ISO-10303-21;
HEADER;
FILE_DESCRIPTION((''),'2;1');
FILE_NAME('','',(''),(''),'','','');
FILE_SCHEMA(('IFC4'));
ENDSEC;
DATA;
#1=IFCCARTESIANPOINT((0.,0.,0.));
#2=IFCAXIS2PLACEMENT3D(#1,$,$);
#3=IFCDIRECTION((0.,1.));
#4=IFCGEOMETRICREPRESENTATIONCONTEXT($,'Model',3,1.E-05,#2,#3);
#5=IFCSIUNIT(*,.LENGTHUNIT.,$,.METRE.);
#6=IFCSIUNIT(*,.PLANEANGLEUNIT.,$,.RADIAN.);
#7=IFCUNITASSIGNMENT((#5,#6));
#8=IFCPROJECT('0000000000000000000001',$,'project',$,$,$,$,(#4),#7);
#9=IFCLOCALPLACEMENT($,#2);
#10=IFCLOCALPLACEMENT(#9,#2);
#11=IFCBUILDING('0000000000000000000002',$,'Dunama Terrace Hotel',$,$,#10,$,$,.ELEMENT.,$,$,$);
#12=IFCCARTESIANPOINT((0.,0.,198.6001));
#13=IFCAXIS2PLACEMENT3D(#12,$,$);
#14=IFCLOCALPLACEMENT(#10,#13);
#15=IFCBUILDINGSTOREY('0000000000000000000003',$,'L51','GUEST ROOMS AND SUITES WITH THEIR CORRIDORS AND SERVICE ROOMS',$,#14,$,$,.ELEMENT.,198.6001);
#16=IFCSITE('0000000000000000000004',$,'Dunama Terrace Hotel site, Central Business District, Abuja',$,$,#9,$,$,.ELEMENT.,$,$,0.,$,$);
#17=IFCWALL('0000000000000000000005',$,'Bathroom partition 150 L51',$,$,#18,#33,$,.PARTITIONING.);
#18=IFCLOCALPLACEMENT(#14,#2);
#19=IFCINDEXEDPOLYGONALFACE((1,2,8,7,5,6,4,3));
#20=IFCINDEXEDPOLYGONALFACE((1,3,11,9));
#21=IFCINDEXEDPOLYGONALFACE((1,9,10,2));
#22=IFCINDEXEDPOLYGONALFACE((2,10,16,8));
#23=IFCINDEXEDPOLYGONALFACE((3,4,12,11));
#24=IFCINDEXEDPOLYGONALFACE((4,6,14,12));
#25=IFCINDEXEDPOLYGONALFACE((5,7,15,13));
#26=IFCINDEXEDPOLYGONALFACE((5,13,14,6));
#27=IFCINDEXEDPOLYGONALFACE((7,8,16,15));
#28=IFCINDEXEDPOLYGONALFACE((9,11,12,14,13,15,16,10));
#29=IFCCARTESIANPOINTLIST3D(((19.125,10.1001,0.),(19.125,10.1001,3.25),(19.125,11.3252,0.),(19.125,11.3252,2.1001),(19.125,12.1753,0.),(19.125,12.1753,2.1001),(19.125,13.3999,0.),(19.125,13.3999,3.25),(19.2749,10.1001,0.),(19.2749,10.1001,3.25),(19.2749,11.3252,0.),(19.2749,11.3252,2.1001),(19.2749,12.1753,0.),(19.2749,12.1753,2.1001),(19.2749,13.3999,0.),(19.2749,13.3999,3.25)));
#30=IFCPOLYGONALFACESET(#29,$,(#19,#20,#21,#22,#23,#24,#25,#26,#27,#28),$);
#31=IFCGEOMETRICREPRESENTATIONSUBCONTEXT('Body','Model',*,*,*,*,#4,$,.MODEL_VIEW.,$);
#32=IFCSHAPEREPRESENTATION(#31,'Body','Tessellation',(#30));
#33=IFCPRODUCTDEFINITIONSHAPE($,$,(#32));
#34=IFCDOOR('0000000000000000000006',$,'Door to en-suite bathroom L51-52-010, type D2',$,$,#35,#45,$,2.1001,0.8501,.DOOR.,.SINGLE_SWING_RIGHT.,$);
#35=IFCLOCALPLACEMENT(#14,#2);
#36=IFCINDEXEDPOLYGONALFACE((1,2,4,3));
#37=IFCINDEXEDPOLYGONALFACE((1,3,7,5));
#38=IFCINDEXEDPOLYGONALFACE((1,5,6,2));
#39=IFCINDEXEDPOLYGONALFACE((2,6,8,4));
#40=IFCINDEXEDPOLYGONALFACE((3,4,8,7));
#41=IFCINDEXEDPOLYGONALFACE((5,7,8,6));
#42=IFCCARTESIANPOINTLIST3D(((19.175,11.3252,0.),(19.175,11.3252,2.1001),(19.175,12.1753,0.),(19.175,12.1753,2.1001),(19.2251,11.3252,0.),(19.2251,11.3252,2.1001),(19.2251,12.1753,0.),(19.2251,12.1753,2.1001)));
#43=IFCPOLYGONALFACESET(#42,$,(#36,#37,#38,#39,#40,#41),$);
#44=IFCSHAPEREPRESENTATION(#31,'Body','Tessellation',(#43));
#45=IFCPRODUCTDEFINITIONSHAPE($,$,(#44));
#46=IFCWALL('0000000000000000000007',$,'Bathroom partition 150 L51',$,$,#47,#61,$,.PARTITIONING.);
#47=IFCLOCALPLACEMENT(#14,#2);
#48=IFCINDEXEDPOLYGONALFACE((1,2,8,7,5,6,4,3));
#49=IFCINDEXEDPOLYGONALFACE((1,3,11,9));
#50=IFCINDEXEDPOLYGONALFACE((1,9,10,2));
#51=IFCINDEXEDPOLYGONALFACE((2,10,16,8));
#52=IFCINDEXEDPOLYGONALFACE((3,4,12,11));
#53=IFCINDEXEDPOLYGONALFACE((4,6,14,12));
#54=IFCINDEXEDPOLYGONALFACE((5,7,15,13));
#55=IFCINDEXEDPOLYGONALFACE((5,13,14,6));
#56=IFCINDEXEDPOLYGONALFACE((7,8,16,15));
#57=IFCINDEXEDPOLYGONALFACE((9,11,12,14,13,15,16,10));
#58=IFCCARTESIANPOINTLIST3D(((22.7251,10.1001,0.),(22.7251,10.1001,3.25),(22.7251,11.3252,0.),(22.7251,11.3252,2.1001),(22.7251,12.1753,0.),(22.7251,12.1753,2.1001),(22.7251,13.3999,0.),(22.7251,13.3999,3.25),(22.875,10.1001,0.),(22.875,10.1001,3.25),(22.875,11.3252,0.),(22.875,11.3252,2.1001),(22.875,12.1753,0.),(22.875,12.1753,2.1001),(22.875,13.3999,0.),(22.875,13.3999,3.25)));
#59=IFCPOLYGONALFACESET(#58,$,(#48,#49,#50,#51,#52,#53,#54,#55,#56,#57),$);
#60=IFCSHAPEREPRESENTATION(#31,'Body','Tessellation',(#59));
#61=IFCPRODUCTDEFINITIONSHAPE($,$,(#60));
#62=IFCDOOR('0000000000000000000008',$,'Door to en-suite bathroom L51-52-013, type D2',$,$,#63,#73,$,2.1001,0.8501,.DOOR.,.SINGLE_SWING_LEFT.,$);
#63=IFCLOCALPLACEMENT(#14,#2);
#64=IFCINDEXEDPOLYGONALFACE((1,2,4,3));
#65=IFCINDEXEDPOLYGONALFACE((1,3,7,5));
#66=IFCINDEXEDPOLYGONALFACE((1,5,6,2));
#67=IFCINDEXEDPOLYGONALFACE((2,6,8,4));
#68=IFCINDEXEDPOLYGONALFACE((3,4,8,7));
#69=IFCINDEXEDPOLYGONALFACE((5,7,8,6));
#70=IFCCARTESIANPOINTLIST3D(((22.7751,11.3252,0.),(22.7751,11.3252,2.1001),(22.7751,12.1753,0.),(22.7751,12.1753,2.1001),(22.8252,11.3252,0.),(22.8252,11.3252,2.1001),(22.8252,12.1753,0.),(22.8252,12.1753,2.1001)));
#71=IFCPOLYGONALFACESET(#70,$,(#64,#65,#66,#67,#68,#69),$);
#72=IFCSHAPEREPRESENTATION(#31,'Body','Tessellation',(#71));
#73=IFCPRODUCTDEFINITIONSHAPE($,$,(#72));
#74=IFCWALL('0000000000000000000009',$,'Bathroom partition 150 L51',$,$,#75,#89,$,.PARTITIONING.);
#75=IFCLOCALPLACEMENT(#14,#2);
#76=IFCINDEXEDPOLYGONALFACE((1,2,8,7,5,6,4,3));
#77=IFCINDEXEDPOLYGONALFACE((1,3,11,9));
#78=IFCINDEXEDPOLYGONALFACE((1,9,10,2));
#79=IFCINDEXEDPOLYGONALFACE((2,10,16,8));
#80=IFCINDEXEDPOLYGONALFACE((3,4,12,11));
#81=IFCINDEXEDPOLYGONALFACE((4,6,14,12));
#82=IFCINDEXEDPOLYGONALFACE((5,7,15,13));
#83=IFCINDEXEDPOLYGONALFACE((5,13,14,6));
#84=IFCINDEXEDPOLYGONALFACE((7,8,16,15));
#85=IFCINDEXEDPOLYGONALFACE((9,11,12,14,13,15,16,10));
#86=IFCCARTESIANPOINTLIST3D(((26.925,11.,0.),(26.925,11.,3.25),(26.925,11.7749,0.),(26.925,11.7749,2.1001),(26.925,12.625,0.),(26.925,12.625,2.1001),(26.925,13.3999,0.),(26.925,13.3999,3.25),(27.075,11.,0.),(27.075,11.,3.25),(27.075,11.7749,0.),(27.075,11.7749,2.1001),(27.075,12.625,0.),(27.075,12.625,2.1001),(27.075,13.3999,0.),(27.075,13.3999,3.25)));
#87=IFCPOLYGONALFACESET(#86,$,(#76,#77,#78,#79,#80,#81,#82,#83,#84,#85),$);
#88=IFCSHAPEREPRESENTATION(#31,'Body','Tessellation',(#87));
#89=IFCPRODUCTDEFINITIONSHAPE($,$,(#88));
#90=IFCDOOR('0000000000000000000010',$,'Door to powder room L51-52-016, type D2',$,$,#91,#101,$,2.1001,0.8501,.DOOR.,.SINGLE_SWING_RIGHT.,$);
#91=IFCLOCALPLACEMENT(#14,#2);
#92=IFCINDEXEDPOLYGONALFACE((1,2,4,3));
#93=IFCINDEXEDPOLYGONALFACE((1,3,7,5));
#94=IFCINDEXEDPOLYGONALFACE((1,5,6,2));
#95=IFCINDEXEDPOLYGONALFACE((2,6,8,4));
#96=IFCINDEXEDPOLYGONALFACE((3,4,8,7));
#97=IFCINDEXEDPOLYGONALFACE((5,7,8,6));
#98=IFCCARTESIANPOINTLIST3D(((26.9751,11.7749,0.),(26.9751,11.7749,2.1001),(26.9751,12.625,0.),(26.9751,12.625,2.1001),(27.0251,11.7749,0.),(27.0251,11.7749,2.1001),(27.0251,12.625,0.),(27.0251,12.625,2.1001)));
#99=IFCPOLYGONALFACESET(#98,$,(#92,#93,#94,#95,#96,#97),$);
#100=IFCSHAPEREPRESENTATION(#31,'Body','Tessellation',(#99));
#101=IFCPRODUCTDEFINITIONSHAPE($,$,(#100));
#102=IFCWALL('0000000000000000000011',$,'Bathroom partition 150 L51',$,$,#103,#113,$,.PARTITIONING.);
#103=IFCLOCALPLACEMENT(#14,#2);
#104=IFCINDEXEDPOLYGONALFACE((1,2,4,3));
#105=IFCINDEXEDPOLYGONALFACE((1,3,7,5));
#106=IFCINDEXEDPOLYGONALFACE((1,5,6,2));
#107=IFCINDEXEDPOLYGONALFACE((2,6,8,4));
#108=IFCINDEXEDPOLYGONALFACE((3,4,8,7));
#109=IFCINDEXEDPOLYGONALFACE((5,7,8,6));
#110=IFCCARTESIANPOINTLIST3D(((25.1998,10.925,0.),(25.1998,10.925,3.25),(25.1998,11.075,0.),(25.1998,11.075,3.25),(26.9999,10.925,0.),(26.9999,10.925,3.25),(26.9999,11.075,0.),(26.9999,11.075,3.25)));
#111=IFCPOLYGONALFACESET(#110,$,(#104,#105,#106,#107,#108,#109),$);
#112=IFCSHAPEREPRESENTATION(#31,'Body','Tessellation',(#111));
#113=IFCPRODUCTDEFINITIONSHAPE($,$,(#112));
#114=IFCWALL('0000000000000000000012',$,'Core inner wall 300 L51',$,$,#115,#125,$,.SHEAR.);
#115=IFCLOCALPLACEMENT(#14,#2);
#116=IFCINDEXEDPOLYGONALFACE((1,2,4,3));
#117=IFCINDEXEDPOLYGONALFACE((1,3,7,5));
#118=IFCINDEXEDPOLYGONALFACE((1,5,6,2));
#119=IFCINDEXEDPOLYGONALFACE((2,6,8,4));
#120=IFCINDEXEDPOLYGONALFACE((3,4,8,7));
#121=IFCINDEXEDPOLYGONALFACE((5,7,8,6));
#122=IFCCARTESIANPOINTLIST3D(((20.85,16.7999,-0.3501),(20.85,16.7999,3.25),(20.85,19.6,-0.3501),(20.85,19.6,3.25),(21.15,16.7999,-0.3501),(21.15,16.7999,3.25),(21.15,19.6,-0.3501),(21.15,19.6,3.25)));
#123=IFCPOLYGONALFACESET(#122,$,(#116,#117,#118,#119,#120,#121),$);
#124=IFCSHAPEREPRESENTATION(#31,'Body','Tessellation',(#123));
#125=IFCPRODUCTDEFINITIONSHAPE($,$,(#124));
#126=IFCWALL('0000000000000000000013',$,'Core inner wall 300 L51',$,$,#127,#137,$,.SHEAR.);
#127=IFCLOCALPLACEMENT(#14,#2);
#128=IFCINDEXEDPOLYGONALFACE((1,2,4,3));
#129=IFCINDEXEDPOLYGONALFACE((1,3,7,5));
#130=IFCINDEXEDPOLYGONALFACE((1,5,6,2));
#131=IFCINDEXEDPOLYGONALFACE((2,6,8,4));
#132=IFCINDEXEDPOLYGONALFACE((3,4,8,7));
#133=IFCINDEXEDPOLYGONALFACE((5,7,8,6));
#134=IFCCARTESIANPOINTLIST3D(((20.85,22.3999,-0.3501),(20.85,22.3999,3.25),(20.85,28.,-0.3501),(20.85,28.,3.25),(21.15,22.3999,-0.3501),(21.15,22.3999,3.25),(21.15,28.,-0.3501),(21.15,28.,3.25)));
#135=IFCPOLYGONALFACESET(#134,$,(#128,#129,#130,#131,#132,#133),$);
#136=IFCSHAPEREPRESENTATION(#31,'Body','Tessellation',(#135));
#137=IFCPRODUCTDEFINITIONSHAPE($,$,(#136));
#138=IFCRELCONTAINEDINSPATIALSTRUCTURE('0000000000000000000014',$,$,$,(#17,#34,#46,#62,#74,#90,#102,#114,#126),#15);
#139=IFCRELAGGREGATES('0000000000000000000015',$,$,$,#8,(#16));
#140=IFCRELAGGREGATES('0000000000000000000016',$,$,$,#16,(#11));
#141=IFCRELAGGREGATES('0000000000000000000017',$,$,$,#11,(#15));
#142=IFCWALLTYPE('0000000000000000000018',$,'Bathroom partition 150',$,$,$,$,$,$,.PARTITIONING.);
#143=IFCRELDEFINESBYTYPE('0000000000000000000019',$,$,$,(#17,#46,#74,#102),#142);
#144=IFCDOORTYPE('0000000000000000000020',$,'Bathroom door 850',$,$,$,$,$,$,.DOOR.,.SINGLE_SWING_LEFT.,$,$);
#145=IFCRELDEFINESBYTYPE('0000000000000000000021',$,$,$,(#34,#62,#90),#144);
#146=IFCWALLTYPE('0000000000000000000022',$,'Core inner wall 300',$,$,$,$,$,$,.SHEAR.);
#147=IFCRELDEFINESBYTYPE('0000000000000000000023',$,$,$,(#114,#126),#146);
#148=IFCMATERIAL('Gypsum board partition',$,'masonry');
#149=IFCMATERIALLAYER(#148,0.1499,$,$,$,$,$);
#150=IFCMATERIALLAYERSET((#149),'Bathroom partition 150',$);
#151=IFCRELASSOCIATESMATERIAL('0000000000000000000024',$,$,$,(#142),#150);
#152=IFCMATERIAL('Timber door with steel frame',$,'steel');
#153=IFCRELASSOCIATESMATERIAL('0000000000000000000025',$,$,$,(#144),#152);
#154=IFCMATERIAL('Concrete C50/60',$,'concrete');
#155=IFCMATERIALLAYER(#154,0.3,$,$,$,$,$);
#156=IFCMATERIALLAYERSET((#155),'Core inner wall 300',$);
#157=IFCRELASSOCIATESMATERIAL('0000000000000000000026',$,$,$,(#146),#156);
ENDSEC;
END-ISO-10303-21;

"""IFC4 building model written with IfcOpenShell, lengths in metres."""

from ifc_helpers import new_model, si_unit, direction, frame, frame_2d, origin, place, context, subcontext, project, spatial, rectangle, extrude, material, layer, layer_set, type_object, element, fill, save


model = new_model("IFC4")

# Units and contexts
model_context = context("Model", 3, precision=1e-05, world=origin(), true_north=direction((0.0, 1.0)))
body_context = subcontext(model_context, "Body", "Model", "MODEL_VIEW")
ifc_project = project(units=[si_unit("LENGTHUNIT", "METRE"), si_unit("PLANEANGLEUNIT", "RADIAN")], contexts=[model_context])

# Site, building, storey
site_placement = place(None, origin())
site = spatial("IfcSite", under=ifc_project, at=site_placement, Name="Dunama Terrace Hotel site, Central Business District, Abuja", CompositionType="ELEMENT", RefElevation=0.0)
building_placement = place(site_placement, origin())
building = spatial("IfcBuilding", under=site, at=building_placement, Name="Dunama Terrace Hotel", CompositionType="ELEMENT")
storey_placement = place(building_placement, frame((0.0, 0.0, 198.6001)))
storey = spatial("IfcBuildingStorey", under=building, at=storey_placement, Name="L51", Description="GUEST ROOMS AND SUITES WITH THEIR CORRIDORS AND SERVICE ROOMS", CompositionType="ELEMENT", Elevation=198.6001)

# Walls, openings, doors
ifc_material_1 = material(Name="Gypsum board partition", Category="masonry")
ifc_layer_1 = layer(ifc_material_1, 0.1499)
ifc_layer_set_1 = layer_set([ifc_layer_1], Name="Bathroom partition 150")
wall_type_1 = type_object("IfcWallType", Name="Bathroom partition 150", PredefinedType="PARTITIONING", material=ifc_layer_set_1)
wall_1_placement = place(storey_placement, frame((19.2, 10.1001, 0.0), z_axis=(0.0, 0.0, 1.0), x_axis=(0.0, 1.0, 0.0)))
wall_1 = element("IfcWall", 1, at=wall_1_placement, inside=storey, type_object=wall_type_1, Name="Bathroom partition 150 L51", PredefinedType="PARTITIONING", context=body_context, shape_type="SweptSolid", body=[
    extrude(rectangle(XDim=3.2998, YDim=0.1499, at=frame_2d((1.6499, 0.0))), origin(), (0.0, 0.0, 1.0), 3.25),
])
opening_1_placement = place(wall_1_placement, frame((1.2251, 0.0, 0.0)))
opening_1 = element("IfcOpeningElement", 2, at=opening_1_placement, cuts=wall_1, PredefinedType="OPENING", context=body_context, shape_type="SweptSolid", body=[
    extrude(rectangle(XDim=0.8501, YDim=2.1001, at=frame_2d((0.425, 1.05))), frame((0.0, 0.085, 0.0), z_axis=(0.0, -1.0, 0.0), x_axis=(1.0, 0.0, 0.0)), (0.0, 0.0, 1.0), 0.1699),
])
ifc_material_2 = material(Name="Timber door with steel frame", Category="steel")
door_type_1 = type_object("IfcDoorType", Name="Bathroom door 850", OperationType="SINGLE_SWING_LEFT", PredefinedType="DOOR", material=ifc_material_2)
door_1_placement = place(opening_1_placement, origin())
door_1 = element("IfcDoor", 3, at=door_1_placement, inside=storey, type_object=door_type_1, Name="Door to en-suite bathroom L51-52-010, type D2", OperationType="SINGLE_SWING_RIGHT", OverallHeight=2.1001, OverallWidth=0.8501, PredefinedType="DOOR", context=body_context, shape_type="SweptSolid", body=[
    extrude(rectangle(XDim=0.8501, YDim=2.1001, at=frame_2d((0.425, 1.05))), frame((0.0, 0.0249, 0.0), z_axis=(0.0, -1.0, 0.0), x_axis=(1.0, 0.0, 0.0)), (0.0, 0.0, 1.0), 0.05),
])
fill(opening_1, door_1)
wall_2_placement = place(storey_placement, frame((22.8, 10.1001, 0.0), z_axis=(0.0, 0.0, 1.0), x_axis=(0.0, 1.0, 0.0)))
wall_2 = element("IfcWall", 4, at=wall_2_placement, inside=storey, type_object=wall_type_1, Name="Bathroom partition 150 L51", PredefinedType="PARTITIONING", context=body_context, shape_type="SweptSolid", body=[
    extrude(rectangle(XDim=3.2998, YDim=0.1499, at=frame_2d((1.6499, 0.0))), origin(), (0.0, 0.0, 1.0), 3.25),
])
opening_2_placement = place(wall_2_placement, frame((1.2251, 0.0, 0.0)))
opening_2 = element("IfcOpeningElement", 5, at=opening_2_placement, cuts=wall_2, PredefinedType="OPENING", context=body_context, shape_type="SweptSolid", body=[
    extrude(rectangle(XDim=0.8501, YDim=2.1001, at=frame_2d((0.425, 1.05))), frame((0.0, 0.085, 0.0), z_axis=(0.0, -1.0, 0.0), x_axis=(1.0, 0.0, 0.0)), (0.0, 0.0, 1.0), 0.1699),
])
door_2_placement = place(opening_2_placement, frame((0.8501, 0.0, 0.0), z_axis=(0.0, 0.0, 1.0), x_axis=(-1.0, 0.0, 0.0)))
door_2 = element("IfcDoor", 6, at=door_2_placement, inside=storey, type_object=door_type_1, Name="Door to en-suite bathroom L51-52-013, type D2", OperationType="SINGLE_SWING_LEFT", OverallHeight=2.1001, OverallWidth=0.8501, PredefinedType="DOOR", context=body_context, shape_type="SweptSolid", body=[
    extrude(rectangle(XDim=0.8501, YDim=2.1001, at=frame_2d((0.425, 1.05))), frame((0.0, 0.0251, 0.0), z_axis=(0.0, -1.0, 0.0), x_axis=(1.0, 0.0, 0.0)), (0.0, 0.0, 1.0), 0.05),
])
fill(opening_2, door_2)
wall_3_placement = place(storey_placement, frame((27.0, 11.0, 0.0), z_axis=(0.0, 0.0, 1.0), x_axis=(0.0, 1.0, 0.0)))
wall_3 = element("IfcWall", 7, at=wall_3_placement, inside=storey, type_object=wall_type_1, Name="Bathroom partition 150 L51", PredefinedType="PARTITIONING", context=body_context, shape_type="SweptSolid", body=[
    extrude(rectangle(XDim=2.3999, YDim=0.1499, at=frame_2d((1.2, 0.0))), origin(), (0.0, 0.0, 1.0), 3.25),
])
opening_3_placement = place(wall_3_placement, frame((0.7749, 0.0, 0.0)))
opening_3 = element("IfcOpeningElement", 8, at=opening_3_placement, cuts=wall_3, PredefinedType="OPENING", context=body_context, shape_type="SweptSolid", body=[
    extrude(rectangle(XDim=0.8501, YDim=2.1001, at=frame_2d((0.425, 1.05))), frame((0.0, 0.085, 0.0), z_axis=(0.0, -1.0, 0.0), x_axis=(1.0, 0.0, 0.0)), (0.0, 0.0, 1.0), 0.1699),
])
door_3_placement = place(opening_3_placement, origin())
door_3 = element("IfcDoor", 9, at=door_3_placement, inside=storey, type_object=door_type_1, Name="Door to powder room L51-52-016, type D2", OperationType="SINGLE_SWING_RIGHT", OverallHeight=2.1001, OverallWidth=0.8501, PredefinedType="DOOR", context=body_context, shape_type="SweptSolid", body=[
    extrude(rectangle(XDim=0.8501, YDim=2.1001, at=frame_2d((0.425, 1.05))), frame((0.0, 0.0249, 0.0), z_axis=(0.0, -1.0, 0.0), x_axis=(1.0, 0.0, 0.0)), (0.0, 0.0, 1.0), 0.05),
])
fill(opening_3, door_3)

# Walls
wall_4_placement = place(storey_placement, frame((25.2, 11.0, 0.0), z_axis=(0.0, 0.0, 1.0), x_axis=(1.0, 0.0, 0.0)))
element("IfcWall", 10, at=wall_4_placement, inside=storey, type_object=wall_type_1, Name="Bathroom partition 150 L51", PredefinedType="PARTITIONING", context=body_context, shape_type="SweptSolid", body=[
    extrude(rectangle(XDim=1.8, YDim=0.1499, at=frame_2d((0.8999, 0.0))), origin(), (0.0, 0.0, 1.0), 3.25),
])
ifc_material_3 = material(Name="Concrete C50/60", Category="concrete")
ifc_layer_2 = layer(ifc_material_3, 0.3)
ifc_layer_set_2 = layer_set([ifc_layer_2], Name="Core inner wall 300")
wall_type_2 = type_object("IfcWallType", Name="Core inner wall 300", PredefinedType="SHEAR", material=ifc_layer_set_2)
wall_5_placement = place(storey_placement, frame((21.0, 16.8, -0.3501), z_axis=(0.0, 0.0, 1.0), x_axis=(0.0, 1.0, 0.0)))
element("IfcWall", 11, at=wall_5_placement, inside=storey, type_object=wall_type_2, Name="Core inner wall 300 L51", PredefinedType="SHEAR", context=body_context, shape_type="SweptSolid", body=[
    extrude(rectangle(XDim=2.8, YDim=0.3, at=frame_2d((1.3999, 0.0))), origin(), (0.0, 0.0, 1.0), 3.6001),
])
wall_6_placement = place(storey_placement, frame((21.0, 22.3999, -0.3501), z_axis=(0.0, 0.0, 1.0), x_axis=(0.0, 1.0, 0.0)))
element("IfcWall", 12, at=wall_6_placement, inside=storey, type_object=wall_type_2, Name="Core inner wall 300 L51", PredefinedType="SHEAR", context=body_context, shape_type="SweptSolid", body=[
    extrude(rectangle(XDim=5.6001, YDim=0.3, at=frame_2d((2.8, 0.0))), origin(), (0.0, 0.0, 1.0), 3.6001),
])

save(model, "model.ifc")
